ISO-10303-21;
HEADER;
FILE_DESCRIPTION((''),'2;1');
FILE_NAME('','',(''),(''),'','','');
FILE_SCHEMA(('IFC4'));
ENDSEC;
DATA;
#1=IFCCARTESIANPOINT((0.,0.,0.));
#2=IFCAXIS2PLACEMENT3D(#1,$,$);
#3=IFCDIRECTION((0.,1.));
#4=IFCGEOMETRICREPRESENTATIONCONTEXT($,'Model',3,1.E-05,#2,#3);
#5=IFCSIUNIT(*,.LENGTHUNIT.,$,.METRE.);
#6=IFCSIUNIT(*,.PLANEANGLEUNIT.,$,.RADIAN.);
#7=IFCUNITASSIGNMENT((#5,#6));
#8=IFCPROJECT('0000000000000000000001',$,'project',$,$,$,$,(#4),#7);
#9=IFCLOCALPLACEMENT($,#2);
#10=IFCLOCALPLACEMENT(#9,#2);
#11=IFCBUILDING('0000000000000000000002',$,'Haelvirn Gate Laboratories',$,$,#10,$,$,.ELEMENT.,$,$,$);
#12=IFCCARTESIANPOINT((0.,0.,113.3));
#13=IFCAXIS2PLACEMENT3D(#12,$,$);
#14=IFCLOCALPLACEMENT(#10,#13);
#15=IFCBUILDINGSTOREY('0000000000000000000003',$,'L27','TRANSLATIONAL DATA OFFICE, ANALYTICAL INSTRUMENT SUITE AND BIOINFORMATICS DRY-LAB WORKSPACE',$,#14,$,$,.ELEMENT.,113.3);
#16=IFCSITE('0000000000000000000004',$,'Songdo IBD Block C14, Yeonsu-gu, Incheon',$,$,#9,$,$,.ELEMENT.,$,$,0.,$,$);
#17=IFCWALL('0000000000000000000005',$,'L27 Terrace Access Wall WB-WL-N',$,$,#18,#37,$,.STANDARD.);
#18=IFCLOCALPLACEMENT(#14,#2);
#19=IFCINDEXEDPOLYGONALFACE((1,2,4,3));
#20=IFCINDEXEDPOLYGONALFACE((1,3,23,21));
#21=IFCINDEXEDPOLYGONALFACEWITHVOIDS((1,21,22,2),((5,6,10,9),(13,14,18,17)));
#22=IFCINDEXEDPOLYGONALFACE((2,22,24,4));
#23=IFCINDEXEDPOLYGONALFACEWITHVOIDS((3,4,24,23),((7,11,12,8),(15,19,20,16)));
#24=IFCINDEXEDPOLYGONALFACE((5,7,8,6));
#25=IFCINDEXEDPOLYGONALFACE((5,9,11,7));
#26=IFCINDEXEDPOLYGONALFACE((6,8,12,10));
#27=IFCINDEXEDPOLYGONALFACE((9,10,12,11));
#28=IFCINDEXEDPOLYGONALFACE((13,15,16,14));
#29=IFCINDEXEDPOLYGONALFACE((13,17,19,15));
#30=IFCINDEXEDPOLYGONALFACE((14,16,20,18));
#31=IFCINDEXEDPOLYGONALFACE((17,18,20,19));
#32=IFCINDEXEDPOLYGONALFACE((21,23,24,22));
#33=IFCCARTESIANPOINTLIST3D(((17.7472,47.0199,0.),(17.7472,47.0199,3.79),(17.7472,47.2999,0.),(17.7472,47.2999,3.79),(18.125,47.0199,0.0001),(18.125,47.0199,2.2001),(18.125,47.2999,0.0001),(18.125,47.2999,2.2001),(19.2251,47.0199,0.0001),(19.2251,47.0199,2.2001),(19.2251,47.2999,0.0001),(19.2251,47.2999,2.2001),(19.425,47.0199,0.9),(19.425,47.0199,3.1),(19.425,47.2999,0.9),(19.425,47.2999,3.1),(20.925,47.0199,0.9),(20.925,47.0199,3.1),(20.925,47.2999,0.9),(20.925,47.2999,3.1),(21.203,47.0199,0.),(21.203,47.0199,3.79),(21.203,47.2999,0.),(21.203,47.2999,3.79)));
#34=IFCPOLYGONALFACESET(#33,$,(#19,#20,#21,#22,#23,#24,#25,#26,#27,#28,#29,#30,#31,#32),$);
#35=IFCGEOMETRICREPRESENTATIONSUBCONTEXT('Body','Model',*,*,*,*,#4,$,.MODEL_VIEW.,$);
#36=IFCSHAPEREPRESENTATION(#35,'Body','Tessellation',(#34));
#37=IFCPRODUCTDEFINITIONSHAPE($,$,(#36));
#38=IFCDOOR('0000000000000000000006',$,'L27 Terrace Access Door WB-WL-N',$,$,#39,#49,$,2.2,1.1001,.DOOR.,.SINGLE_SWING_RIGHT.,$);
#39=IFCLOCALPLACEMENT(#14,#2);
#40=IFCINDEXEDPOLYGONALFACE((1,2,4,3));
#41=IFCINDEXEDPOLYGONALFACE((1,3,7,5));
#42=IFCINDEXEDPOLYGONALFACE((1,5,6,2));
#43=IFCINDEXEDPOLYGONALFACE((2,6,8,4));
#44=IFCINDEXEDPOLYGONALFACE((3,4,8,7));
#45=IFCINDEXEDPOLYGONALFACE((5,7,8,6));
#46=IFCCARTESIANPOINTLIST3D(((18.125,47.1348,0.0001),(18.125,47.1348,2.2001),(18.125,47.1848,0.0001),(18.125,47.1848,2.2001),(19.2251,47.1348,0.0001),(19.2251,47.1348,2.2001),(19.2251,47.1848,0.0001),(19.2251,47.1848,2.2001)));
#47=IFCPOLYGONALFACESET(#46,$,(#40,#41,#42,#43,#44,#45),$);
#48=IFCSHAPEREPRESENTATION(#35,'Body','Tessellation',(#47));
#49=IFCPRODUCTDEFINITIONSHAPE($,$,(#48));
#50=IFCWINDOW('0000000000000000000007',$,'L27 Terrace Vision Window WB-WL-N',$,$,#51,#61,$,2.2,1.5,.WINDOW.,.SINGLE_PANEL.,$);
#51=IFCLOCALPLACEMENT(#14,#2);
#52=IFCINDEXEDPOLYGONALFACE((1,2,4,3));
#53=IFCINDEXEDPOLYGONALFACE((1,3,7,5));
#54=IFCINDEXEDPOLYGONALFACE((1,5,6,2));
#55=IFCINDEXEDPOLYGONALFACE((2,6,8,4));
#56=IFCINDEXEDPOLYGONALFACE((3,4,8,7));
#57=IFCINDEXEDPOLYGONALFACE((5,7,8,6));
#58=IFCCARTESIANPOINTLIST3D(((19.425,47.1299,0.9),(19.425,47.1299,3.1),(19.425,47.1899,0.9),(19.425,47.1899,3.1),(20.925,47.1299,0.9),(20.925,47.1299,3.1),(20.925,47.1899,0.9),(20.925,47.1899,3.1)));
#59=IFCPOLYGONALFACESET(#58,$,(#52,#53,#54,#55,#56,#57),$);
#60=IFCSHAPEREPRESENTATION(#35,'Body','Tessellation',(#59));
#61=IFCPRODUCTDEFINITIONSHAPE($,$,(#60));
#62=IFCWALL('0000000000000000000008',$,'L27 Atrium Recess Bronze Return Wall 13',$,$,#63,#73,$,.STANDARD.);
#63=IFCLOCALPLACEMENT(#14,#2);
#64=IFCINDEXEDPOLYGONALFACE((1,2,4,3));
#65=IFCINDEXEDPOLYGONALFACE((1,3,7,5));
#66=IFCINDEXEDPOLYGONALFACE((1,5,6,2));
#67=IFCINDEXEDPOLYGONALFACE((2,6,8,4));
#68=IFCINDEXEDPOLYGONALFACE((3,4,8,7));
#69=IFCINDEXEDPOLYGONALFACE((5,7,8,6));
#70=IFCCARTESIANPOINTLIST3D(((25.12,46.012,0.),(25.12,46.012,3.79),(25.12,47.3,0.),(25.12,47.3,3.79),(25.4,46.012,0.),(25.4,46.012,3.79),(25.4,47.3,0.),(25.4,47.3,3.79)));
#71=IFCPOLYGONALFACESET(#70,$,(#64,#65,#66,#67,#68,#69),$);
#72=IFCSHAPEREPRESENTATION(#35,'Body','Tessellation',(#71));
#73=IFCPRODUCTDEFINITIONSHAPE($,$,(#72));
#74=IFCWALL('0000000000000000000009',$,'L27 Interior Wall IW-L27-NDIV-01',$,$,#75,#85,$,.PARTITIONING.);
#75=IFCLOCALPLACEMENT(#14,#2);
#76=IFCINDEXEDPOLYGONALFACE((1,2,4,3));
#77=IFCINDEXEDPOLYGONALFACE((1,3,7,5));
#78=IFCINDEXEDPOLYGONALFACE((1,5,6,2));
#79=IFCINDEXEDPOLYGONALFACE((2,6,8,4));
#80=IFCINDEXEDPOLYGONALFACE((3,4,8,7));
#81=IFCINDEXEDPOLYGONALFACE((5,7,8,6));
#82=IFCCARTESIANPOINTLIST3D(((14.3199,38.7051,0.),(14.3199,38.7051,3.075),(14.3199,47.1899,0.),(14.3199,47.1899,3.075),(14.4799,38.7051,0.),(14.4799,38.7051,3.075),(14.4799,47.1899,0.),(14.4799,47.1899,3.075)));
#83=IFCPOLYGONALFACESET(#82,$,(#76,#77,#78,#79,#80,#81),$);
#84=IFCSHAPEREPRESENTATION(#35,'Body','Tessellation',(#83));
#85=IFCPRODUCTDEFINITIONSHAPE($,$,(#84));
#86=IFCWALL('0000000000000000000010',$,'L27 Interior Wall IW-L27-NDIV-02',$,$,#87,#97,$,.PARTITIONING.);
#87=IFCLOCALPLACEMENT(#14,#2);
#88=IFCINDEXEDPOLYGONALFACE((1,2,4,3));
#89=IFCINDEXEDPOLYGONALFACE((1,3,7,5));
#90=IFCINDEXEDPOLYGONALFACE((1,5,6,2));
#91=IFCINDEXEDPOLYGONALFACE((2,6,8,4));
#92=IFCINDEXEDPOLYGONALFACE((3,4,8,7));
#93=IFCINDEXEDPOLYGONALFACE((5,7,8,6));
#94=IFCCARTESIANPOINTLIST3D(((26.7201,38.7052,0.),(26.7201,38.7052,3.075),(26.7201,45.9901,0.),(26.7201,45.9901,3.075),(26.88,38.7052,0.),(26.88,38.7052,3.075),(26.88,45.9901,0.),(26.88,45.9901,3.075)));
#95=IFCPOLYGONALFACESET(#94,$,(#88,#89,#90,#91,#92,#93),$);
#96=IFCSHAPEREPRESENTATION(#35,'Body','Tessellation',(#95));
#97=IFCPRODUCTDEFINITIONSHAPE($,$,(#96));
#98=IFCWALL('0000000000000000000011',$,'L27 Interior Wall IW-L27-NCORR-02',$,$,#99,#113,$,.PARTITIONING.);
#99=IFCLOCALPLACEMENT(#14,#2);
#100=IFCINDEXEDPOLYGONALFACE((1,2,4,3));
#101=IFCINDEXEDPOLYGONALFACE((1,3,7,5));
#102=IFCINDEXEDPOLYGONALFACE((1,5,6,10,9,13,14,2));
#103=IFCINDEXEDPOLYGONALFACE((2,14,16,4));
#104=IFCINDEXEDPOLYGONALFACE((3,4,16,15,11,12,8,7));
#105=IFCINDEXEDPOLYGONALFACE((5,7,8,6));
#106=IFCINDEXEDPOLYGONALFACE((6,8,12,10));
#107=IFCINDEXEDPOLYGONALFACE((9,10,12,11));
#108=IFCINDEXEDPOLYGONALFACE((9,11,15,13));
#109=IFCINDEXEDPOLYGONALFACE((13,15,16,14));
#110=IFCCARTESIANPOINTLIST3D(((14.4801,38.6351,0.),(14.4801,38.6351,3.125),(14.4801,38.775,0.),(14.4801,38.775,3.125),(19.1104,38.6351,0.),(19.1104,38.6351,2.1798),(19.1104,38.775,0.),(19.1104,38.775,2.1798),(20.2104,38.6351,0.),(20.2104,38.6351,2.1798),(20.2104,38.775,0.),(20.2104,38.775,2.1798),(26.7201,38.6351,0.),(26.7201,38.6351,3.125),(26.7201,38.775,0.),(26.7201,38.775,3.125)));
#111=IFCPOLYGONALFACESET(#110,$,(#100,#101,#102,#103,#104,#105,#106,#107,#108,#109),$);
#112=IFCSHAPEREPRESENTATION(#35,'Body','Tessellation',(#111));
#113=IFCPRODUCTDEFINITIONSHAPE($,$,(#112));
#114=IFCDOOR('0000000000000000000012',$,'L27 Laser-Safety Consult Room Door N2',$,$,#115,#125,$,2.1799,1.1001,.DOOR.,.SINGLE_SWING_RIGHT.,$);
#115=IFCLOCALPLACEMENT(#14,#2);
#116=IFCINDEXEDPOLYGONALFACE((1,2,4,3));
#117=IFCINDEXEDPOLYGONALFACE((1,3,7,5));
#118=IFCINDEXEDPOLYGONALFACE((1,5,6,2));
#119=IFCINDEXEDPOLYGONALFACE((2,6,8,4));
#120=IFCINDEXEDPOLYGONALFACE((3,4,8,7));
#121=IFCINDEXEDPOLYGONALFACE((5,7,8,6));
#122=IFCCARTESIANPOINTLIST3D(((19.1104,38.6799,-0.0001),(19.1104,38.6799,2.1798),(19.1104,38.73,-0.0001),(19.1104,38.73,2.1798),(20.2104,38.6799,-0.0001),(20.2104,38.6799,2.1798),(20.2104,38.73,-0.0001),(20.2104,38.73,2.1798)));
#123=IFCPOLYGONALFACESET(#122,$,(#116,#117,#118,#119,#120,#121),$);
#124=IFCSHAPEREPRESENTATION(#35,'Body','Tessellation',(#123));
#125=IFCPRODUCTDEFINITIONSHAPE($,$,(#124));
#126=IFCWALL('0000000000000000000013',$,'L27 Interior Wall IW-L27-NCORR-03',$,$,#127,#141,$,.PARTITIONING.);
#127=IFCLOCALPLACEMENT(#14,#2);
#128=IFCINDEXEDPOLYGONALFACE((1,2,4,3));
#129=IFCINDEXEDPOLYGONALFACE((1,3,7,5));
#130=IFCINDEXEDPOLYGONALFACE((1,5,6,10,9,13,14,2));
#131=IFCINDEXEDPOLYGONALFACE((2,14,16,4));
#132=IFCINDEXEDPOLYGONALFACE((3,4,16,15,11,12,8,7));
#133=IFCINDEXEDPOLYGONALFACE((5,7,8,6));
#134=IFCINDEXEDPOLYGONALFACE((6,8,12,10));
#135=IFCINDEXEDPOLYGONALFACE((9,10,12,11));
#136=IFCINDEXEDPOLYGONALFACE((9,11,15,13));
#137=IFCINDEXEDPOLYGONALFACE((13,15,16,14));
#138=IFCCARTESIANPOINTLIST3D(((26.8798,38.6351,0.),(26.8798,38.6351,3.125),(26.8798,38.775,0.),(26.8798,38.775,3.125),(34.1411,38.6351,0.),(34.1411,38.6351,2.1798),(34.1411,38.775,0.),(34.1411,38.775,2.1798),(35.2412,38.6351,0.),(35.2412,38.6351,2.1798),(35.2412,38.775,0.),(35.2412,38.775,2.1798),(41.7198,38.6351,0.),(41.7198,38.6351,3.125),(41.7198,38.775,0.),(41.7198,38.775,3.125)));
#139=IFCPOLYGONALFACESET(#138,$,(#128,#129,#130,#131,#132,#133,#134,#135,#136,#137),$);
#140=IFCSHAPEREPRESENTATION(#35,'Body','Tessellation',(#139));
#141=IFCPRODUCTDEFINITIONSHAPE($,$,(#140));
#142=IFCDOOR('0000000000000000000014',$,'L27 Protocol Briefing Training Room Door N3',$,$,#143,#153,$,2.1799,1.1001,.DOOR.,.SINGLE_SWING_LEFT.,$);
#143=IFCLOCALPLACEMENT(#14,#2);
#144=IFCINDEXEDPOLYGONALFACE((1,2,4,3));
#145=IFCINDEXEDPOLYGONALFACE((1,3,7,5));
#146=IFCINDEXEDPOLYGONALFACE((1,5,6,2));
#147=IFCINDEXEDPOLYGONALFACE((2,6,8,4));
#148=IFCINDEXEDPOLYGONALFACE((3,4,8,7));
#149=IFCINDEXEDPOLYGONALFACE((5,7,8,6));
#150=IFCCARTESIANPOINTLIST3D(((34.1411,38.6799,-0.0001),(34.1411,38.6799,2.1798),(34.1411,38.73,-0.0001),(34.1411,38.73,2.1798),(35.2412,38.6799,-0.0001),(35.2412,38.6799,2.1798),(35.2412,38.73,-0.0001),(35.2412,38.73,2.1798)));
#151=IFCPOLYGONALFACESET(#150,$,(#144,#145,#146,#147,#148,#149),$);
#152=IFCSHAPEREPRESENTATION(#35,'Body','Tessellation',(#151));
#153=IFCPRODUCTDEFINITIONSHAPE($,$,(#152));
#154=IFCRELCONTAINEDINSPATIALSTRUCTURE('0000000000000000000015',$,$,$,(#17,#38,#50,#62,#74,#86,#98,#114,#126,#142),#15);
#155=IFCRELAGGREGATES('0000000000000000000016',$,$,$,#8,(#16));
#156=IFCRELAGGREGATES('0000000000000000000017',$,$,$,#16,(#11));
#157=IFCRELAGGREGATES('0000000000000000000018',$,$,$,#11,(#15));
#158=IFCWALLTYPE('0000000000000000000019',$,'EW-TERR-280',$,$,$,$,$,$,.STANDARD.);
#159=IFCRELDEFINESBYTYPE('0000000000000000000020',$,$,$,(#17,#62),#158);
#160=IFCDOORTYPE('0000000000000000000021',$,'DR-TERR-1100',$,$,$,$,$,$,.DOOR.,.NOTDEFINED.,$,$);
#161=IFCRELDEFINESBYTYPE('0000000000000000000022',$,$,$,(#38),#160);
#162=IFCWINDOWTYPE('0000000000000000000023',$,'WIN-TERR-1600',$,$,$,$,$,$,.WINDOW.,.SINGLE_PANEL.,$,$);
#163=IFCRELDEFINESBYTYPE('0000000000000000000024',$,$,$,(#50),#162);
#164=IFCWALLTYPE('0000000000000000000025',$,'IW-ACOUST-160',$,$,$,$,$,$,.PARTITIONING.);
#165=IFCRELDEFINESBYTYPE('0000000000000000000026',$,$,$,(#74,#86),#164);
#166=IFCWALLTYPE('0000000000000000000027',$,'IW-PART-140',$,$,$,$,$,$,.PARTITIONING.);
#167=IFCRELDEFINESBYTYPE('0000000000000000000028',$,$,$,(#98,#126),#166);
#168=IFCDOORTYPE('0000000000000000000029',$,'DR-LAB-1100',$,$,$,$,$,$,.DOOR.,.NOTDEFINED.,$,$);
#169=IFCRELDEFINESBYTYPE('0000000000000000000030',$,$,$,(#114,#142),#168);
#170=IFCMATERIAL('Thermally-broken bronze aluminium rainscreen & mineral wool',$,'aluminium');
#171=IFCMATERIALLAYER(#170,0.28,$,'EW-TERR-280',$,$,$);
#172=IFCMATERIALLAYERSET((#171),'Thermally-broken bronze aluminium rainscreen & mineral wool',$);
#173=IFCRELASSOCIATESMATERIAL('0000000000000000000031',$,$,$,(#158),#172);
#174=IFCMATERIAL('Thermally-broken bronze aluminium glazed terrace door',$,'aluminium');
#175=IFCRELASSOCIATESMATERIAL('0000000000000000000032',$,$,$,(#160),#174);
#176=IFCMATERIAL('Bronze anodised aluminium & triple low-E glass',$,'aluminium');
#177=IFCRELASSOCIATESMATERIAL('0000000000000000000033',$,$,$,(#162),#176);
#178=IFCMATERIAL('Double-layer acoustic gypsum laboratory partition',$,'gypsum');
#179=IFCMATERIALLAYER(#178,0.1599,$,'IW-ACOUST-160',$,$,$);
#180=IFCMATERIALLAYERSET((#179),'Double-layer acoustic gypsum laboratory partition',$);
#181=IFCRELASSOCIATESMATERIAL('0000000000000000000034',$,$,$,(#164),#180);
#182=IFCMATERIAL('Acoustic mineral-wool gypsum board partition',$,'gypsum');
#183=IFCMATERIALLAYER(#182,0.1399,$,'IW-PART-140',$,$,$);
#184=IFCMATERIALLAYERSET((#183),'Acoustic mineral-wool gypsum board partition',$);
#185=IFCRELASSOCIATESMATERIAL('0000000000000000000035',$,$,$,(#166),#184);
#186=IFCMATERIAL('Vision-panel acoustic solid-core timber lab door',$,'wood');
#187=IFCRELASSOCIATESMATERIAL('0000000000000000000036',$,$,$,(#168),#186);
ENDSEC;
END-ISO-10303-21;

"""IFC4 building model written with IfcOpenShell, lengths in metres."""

from ifc_helpers import new_model, si_unit, direction, frame, frame_2d, origin, place, context, subcontext, project, spatial, rectangle, extrude, source, transform, mapped, material, layer, layer_set, type_object, type_shapes, element, fill, save


model = new_model("IFC4")

# Units and contexts
model_context = context("Model", 3, precision=1e-05, world=origin(), true_north=direction((0.0, 1.0)))
body_context = subcontext(model_context, "Body", "Model", "MODEL_VIEW")
ifc_project = project(units=[si_unit("LENGTHUNIT", "METRE"), si_unit("PLANEANGLEUNIT", "RADIAN")], contexts=[model_context])

# Site, building, storey
site_placement = place(None, origin())
site = spatial("IfcSite", under=ifc_project, at=site_placement, Name="Songdo IBD Block C14, Yeonsu-gu, Incheon", CompositionType="ELEMENT", RefElevation=0.0)
building_placement = place(site_placement, origin())
building = spatial("IfcBuilding", under=site, at=building_placement, Name="Haelvirn Gate Laboratories", CompositionType="ELEMENT")
storey_placement = place(building_placement, frame((0.0, 0.0, 113.3)))
storey = spatial("IfcBuildingStorey", under=building, at=storey_placement, Name="L27", Description="TRANSLATIONAL DATA OFFICE, ANALYTICAL INSTRUMENT SUITE AND BIOINFORMATICS DRY-LAB WORKSPACE", CompositionType="ELEMENT", Elevation=113.3)

# Wall, openings, door, window
ifc_material_1 = material(Name="Thermally-broken bronze aluminium rainscreen & mineral wool", Category="aluminium")
ifc_layer_1 = layer(ifc_material_1, 0.28, Name="EW-TERR-280")
ifc_layer_set_1 = layer_set([ifc_layer_1], Name="Thermally-broken bronze aluminium rainscreen & mineral wool")
wall_type_1 = type_object("IfcWallType", Name="EW-TERR-280", PredefinedType="STANDARD", material=ifc_layer_set_1)
wall_1_placement = place(storey_placement, frame((17.7471, 47.1599, 0.0), z_axis=(0.0, 0.0, 1.0), x_axis=(1.0, 0.0, 0.0)))
wall_1 = element("IfcWall", 1, at=wall_1_placement, inside=storey, type_object=wall_type_1, Name="L27 Terrace Access Wall WB-WL-N", PredefinedType="STANDARD", context=body_context, shape_type="SweptSolid", body=[
    extrude(rectangle(XDim=3.4558, YDim=0.28, at=frame_2d((1.728, 0.0))), origin(), (0.0, 0.0, 1.0), 3.79),
])
opening_1_placement = place(wall_1_placement, frame((0.3779, 0.0, 0.0)))
opening_1 = element("IfcOpeningElement", 2, at=opening_1_placement, cuts=wall_1, PredefinedType="OPENING", context=body_context, shape_type="SweptSolid", body=[
    extrude(rectangle(XDim=1.1001, YDim=2.2, at=frame_2d((0.55, 1.1001))), frame((0.0, 0.1499, 0.0), z_axis=(0.0, -1.0, 0.0), x_axis=(1.0, 0.0, 0.0)), (0.0, 0.0, 1.0), 0.3),
])
opening_2_placement = place(wall_1_placement, frame((1.678, 0.0, 0.8999)))
opening_2 = element("IfcOpeningElement", 3, at=opening_2_placement, cuts=wall_1, PredefinedType="OPENING", context=body_context, shape_type="SweptSolid", body=[
    extrude(rectangle(XDim=1.5, YDim=2.2, at=frame_2d((0.75, 1.1001))), frame((0.0, 0.1499, 0.0), z_axis=(0.0, -1.0, 0.0), x_axis=(1.0, 0.0, 0.0)), (0.0, 0.0, 1.0), 0.3),
])
ifc_material_2 = material(Name="Thermally-broken bronze aluminium glazed terrace door", Category="aluminium")
door_type_1 = type_object("IfcDoorType", Name="DR-TERR-1100", OperationType="NOTDEFINED", PredefinedType="DOOR", material=ifc_material_2)
shared_shape_1 = source(origin(), body_context, "Body", "SweptSolid", [
    extrude(rectangle(XDim=1.1001, YDim=2.2, at=frame_2d((0.55, 1.1001))), frame((0.0, 0.0249, 0.0), z_axis=(0.0, -1.0, 0.0), x_axis=(1.0, 0.0, 0.0)), (0.0, 0.0, 1.0), 0.05),
])
type_shapes(door_type_1, [shared_shape_1])
door_1_placement = place(opening_1_placement, origin())
door_1 = element("IfcDoor", 4, at=door_1_placement, inside=storey, type_object=door_type_1, Name="L27 Terrace Access Door WB-WL-N", OperationType="SINGLE_SWING_RIGHT", OverallHeight=2.2, OverallWidth=1.1001, PredefinedType="DOOR", context=body_context, shape_type="MappedRepresentation", body=[
    mapped(shared_shape_1, transform((0.0, 0.0, 0.0), scale=1.0)),
])
fill(opening_1, door_1)
ifc_material_3 = material(Name="Bronze anodised aluminium & triple low-E glass", Category="aluminium")
window_type = type_object("IfcWindowType", Name="WIN-TERR-1600", PartitioningType="SINGLE_PANEL", PredefinedType="WINDOW", material=ifc_material_3)
shared_shape_2 = source(origin(), body_context, "Body", "SweptSolid", [
    extrude(rectangle(XDim=1.5, YDim=2.2, at=frame_2d((0.75, 1.1001))), frame((0.0, 0.03, 0.0), z_axis=(0.0, -1.0, 0.0), x_axis=(1.0, 0.0, 0.0)), (0.0, 0.0, 1.0), 0.0601),
])
type_shapes(window_type, [shared_shape_2])
window_placement = place(opening_2_placement, origin())
window = element("IfcWindow", 5, at=window_placement, inside=storey, type_object=window_type, Name="L27 Terrace Vision Window WB-WL-N", OverallHeight=2.2, OverallWidth=1.5, PartitioningType="SINGLE_PANEL", PredefinedType="WINDOW", context=body_context, shape_type="MappedRepresentation", body=[
    mapped(shared_shape_2, transform((0.0, 0.0, 0.0), scale=1.0)),
])
fill(opening_2, window)

# Walls
wall_2_placement = place(storey_placement, frame((25.26, 46.012, 0.0), z_axis=(0.0, 0.0, 1.0), x_axis=(0.0, 1.0, 0.0)))
element("IfcWall", 6, at=wall_2_placement, inside=storey, type_object=wall_type_1, Name="L27 Atrium Recess Bronze Return Wall 13", PredefinedType="STANDARD", context=body_context, shape_type="SweptSolid", body=[
    extrude(rectangle(XDim=1.2881, YDim=0.28, at=frame_2d((0.644, 0.0))), origin(), (0.0, 0.0, 1.0), 3.79),
])
ifc_material_4 = material(Name="Double-layer acoustic gypsum laboratory partition", Category="gypsum")
ifc_layer_2 = layer(ifc_material_4, 0.1599, Name="IW-ACOUST-160")
ifc_layer_set_2 = layer_set([ifc_layer_2], Name="Double-layer acoustic gypsum laboratory partition")
wall_type_2 = type_object("IfcWallType", Name="IW-ACOUST-160", PredefinedType="PARTITIONING", material=ifc_layer_set_2)
wall_3_placement = place(storey_placement, frame((14.3999, 38.7051, 0.0), z_axis=(0.0, 0.0, 1.0), x_axis=(0.0, 1.0, 0.0)))
element("IfcWall", 7, at=wall_3_placement, inside=storey, type_object=wall_type_2, Name="L27 Interior Wall IW-L27-NDIV-01", PredefinedType="PARTITIONING", context=body_context, shape_type="SweptSolid", body=[
    extrude(rectangle(XDim=8.4849, YDim=0.1599, at=frame_2d((4.2424, 0.0))), origin(), (0.0, 0.0, 1.0), 3.075),
])
wall_4_placement = place(storey_placement, frame((26.8, 38.7051, 0.0), z_axis=(0.0, 0.0, 1.0), x_axis=(0.0, 1.0, 0.0)))
element("IfcWall", 8, at=wall_4_placement, inside=storey, type_object=wall_type_2, Name="L27 Interior Wall IW-L27-NDIV-02", PredefinedType="PARTITIONING", context=body_context, shape_type="SweptSolid", body=[
    extrude(rectangle(XDim=7.2849, YDim=0.1599, at=frame_2d((3.6426, 0.0))), origin(), (0.0, 0.0, 1.0), 3.075),
])

# Walls, openings, doors
ifc_material_5 = material(Name="Acoustic mineral-wool gypsum board partition", Category="gypsum")
ifc_layer_3 = layer(ifc_material_5, 0.1399, Name="IW-PART-140")
ifc_layer_set_3 = layer_set([ifc_layer_3], Name="Acoustic mineral-wool gypsum board partition")
wall_type_3 = type_object("IfcWallType", Name="IW-PART-140", PredefinedType="PARTITIONING", material=ifc_layer_set_3)
wall_5_placement = place(storey_placement, frame((14.48, 38.7051, 0.0), z_axis=(0.0, 0.0, 1.0), x_axis=(1.0, 0.0, 0.0)))
wall_5 = element("IfcWall", 9, at=wall_5_placement, inside=storey, type_object=wall_type_3, Name="L27 Interior Wall IW-L27-NCORR-02", PredefinedType="PARTITIONING", context=body_context, shape_type="SweptSolid", body=[
    extrude(rectangle(XDim=12.24, YDim=0.1399, at=frame_2d((6.1201, 0.0))), origin(), (0.0, 0.0, 1.0), 3.125),
])
opening_3_placement = place(wall_5_placement, frame((4.6304, 0.0, 0.0)))
opening_3 = element("IfcOpeningElement", 10, at=opening_3_placement, cuts=wall_5, PredefinedType="OPENING", context=body_context, shape_type="SweptSolid", body=[
    extrude(rectangle(XDim=1.1001, YDim=2.1799, at=frame_2d((0.55, 1.0898))), frame((0.0, 0.0801, 0.0), z_axis=(0.0, -1.0, 0.0), x_axis=(1.0, 0.0, 0.0)), (0.0, 0.0, 1.0), 0.1599),
])
ifc_material_6 = material(Name="Vision-panel acoustic solid-core timber lab door", Category="wood")
door_type_2 = type_object("IfcDoorType", Name="DR-LAB-1100", OperationType="NOTDEFINED", PredefinedType="DOOR", material=ifc_material_6)
shared_shape_3 = source(origin(), body_context, "Body", "SweptSolid", [
    extrude(rectangle(XDim=1.1001, YDim=2.1799, at=frame_2d((0.55, 1.0898))), frame((0.0, 0.0249, 0.0), z_axis=(0.0, -1.0, 0.0), x_axis=(1.0, 0.0, 0.0)), (0.0, 0.0, 1.0), 0.05),
])
type_shapes(door_type_2, [shared_shape_3])
door_2_placement = place(opening_3_placement, origin())
door_2 = element("IfcDoor", 11, at=door_2_placement, inside=storey, type_object=door_type_2, Name="L27 Laser-Safety Consult Room Door N2", OperationType="SINGLE_SWING_RIGHT", OverallHeight=2.1799, OverallWidth=1.1001, PredefinedType="DOOR", context=body_context, shape_type="MappedRepresentation", body=[
    mapped(shared_shape_3, transform((0.0, 0.0, 0.0), scale=1.0)),
])
fill(opening_3, door_2)
wall_6_placement = place(storey_placement, frame((26.8799, 38.7051, 0.0), z_axis=(0.0, 0.0, 1.0), x_axis=(1.0, 0.0, 0.0)))
wall_6 = element("IfcWall", 12, at=wall_6_placement, inside=storey, type_object=wall_type_3, Name="L27 Interior Wall IW-L27-NCORR-03", PredefinedType="PARTITIONING", context=body_context, shape_type="SweptSolid", body=[
    extrude(rectangle(XDim=14.8401, YDim=0.1399, at=frame_2d((7.4199, 0.0))), origin(), (0.0, 0.0, 1.0), 3.125),
])
opening_4_placement = place(wall_6_placement, frame((7.2612, 0.0, 0.0)))
opening_4 = element("IfcOpeningElement", 13, at=opening_4_placement, cuts=wall_6, PredefinedType="OPENING", context=body_context, shape_type="SweptSolid", body=[
    extrude(rectangle(XDim=1.1001, YDim=2.1799, at=frame_2d((0.55, 1.0898))), frame((0.0, 0.0801, 0.0), z_axis=(0.0, -1.0, 0.0), x_axis=(1.0, 0.0, 0.0)), (0.0, 0.0, 1.0), 0.1599),
])
door_3_placement = place(opening_4_placement, origin())
door_3 = element("IfcDoor", 14, at=door_3_placement, inside=storey, type_object=door_type_2, Name="L27 Protocol Briefing Training Room Door N3", OperationType="SINGLE_SWING_LEFT", OverallHeight=2.1799, OverallWidth=1.1001, PredefinedType="DOOR", context=body_context, shape_type="MappedRepresentation", body=[
    mapped(shared_shape_3, transform((0.0, 0.0, 0.0), scale=1.0)),
])
fill(opening_4, door_3)

save(model, "model.ifc")
